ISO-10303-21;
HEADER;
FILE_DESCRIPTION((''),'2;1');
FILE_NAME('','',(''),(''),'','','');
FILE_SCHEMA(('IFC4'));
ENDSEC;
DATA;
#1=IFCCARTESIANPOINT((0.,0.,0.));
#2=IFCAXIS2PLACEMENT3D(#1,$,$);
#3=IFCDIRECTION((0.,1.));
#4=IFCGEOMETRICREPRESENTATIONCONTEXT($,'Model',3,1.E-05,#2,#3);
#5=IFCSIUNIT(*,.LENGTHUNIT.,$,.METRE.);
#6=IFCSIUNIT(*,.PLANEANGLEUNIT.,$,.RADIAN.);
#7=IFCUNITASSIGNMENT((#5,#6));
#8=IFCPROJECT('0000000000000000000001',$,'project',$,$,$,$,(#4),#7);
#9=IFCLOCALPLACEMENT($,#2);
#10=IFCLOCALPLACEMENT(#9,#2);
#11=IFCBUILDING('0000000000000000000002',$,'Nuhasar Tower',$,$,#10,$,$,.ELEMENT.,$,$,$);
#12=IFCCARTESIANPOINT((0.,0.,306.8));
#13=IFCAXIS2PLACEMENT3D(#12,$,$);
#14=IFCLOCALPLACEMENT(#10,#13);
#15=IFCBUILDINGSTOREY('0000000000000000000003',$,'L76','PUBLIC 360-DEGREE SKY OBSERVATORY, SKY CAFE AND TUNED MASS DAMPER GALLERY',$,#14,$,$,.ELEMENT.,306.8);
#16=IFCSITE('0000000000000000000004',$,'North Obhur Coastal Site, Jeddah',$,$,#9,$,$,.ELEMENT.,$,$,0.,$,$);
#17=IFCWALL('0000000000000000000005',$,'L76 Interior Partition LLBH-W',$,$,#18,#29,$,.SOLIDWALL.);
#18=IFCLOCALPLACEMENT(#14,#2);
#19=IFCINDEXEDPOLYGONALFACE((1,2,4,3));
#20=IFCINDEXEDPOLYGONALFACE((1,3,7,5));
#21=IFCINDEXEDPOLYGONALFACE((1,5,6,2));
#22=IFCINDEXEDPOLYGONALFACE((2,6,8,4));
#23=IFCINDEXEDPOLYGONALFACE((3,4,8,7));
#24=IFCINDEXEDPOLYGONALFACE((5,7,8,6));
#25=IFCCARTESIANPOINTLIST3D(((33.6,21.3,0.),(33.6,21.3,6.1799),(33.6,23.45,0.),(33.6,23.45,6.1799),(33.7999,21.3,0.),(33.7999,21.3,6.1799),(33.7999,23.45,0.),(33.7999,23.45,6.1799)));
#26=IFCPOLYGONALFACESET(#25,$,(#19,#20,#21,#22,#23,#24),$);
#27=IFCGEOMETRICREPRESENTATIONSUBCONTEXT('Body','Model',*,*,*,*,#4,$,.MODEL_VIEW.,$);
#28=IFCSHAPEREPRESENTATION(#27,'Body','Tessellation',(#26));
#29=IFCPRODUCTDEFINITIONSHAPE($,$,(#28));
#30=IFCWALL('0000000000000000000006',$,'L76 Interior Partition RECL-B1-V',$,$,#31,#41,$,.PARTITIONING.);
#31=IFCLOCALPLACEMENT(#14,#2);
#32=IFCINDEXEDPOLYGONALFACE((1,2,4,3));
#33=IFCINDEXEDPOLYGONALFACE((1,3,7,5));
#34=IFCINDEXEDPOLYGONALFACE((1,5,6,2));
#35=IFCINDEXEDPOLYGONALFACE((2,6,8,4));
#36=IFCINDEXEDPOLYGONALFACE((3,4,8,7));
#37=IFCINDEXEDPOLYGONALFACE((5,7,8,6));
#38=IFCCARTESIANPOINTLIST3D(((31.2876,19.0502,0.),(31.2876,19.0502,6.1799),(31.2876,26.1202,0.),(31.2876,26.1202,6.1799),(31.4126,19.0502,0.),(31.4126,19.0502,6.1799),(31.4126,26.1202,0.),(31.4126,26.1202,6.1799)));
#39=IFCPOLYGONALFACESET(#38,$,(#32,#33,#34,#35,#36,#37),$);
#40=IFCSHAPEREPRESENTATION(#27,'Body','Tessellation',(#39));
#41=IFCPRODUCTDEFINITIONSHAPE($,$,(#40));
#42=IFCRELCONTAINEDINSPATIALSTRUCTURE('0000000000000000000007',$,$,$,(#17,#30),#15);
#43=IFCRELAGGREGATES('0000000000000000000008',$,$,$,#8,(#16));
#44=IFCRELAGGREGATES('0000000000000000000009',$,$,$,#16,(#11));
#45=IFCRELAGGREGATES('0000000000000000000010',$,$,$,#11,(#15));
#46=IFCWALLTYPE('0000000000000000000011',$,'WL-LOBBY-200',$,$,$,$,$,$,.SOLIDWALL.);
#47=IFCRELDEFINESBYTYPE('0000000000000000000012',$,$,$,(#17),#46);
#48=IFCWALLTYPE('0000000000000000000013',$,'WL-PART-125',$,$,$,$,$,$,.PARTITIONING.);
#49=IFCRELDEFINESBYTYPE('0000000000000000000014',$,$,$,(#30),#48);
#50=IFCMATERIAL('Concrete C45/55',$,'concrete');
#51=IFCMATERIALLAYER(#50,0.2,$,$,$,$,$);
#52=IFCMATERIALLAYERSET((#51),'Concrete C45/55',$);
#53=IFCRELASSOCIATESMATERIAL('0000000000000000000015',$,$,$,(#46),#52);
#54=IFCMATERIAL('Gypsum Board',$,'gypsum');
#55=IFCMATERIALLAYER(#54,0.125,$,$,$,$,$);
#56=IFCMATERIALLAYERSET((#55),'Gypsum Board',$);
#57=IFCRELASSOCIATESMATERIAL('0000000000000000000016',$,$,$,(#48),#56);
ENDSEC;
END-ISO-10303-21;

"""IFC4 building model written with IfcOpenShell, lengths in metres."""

from ifc_helpers import new_model, si_unit, direction, frame, frame_2d, origin, place, context, subcontext, project, spatial, rectangle, extrude, material, layer, layer_set, type_object, element, save


model = new_model("IFC4")

# Units and contexts
model_context = context("Model", 3, precision=1e-05, world=origin(), true_north=direction((0.0, 1.0)))
body_context = subcontext(model_context, "Body", "Model", "MODEL_VIEW")
ifc_project = project(units=[si_unit("LENGTHUNIT", "METRE"), si_unit("PLANEANGLEUNIT", "RADIAN")], contexts=[model_context])

# Site, building, storey
site_placement = place(None, origin())
site = spatial("IfcSite", under=ifc_project, at=site_placement, Name="North Obhur Coastal Site, Jeddah", CompositionType="ELEMENT", RefElevation=0.0)
building_placement = place(site_placement, origin())
building = spatial("IfcBuilding", under=site, at=building_placement, Name="Nuhasar Tower", CompositionType="ELEMENT")
storey_placement = place(building_placement, frame((0.0, 0.0, 306.8)))
storey = spatial("IfcBuildingStorey", under=building, at=storey_placement, Name="L76", Description="PUBLIC 360-DEGREE SKY OBSERVATORY, SKY CAFE AND TUNED MASS DAMPER GALLERY", CompositionType="ELEMENT", Elevation=306.8)

# Shared definitions
ifc_material_1 = material(Name="Gypsum Board", Category="gypsum")

# Walls
ifc_material_2 = material(Name="Concrete C45/55", Category="concrete")
ifc_layer_1 = layer(ifc_material_2, 0.2)
ifc_layer_set_1 = layer_set([ifc_layer_1], Name="Concrete C45/55")
wall_type_1 = type_object("IfcWallType", Name="WL-LOBBY-200", PredefinedType="SOLIDWALL", material=ifc_layer_set_1)
wall_1_placement = place(storey_placement, frame((33.7, 21.3, 0.0), z_axis=(0.0, 0.0, 1.0), x_axis=(0.0, 1.0, 0.0)))
element("IfcWall", 1, at=wall_1_placement, inside=storey, type_object=wall_type_1, Name="L76 Interior Partition LLBH-W", PredefinedType="SOLIDWALL", context=body_context, shape_type="SweptSolid", body=[
    extrude(rectangle(XDim=2.1499, YDim=0.2, at=frame_2d((1.075, 0.0))), origin(), (0.0, 0.0, 1.0), 6.1799),
])
ifc_layer_2 = layer(ifc_material_1, 0.125)
ifc_layer_set_2 = layer_set([ifc_layer_2], Name="Gypsum Board")
wall_type_2 = type_object("IfcWallType", Name="WL-PART-125", PredefinedType="PARTITIONING", material=ifc_layer_set_2)
wall_2_placement = place(storey_placement, frame((31.3501, 19.05, 0.0), z_axis=(0.0, 0.0, 1.0), x_axis=(0.0, 1.0, 0.0)))
element("IfcWall", 2, at=wall_2_placement, inside=storey, type_object=wall_type_2, Name="L76 Interior Partition RECL-B1-V", PredefinedType="PARTITIONING", context=body_context, shape_type="SweptSolid", body=[
    extrude(rectangle(XDim=7.0701, YDim=0.125, at=frame_2d((3.5352, 0.0))), origin(), (0.0, 0.0, 1.0), 6.1799),
])

save(model, "model.ifc")
